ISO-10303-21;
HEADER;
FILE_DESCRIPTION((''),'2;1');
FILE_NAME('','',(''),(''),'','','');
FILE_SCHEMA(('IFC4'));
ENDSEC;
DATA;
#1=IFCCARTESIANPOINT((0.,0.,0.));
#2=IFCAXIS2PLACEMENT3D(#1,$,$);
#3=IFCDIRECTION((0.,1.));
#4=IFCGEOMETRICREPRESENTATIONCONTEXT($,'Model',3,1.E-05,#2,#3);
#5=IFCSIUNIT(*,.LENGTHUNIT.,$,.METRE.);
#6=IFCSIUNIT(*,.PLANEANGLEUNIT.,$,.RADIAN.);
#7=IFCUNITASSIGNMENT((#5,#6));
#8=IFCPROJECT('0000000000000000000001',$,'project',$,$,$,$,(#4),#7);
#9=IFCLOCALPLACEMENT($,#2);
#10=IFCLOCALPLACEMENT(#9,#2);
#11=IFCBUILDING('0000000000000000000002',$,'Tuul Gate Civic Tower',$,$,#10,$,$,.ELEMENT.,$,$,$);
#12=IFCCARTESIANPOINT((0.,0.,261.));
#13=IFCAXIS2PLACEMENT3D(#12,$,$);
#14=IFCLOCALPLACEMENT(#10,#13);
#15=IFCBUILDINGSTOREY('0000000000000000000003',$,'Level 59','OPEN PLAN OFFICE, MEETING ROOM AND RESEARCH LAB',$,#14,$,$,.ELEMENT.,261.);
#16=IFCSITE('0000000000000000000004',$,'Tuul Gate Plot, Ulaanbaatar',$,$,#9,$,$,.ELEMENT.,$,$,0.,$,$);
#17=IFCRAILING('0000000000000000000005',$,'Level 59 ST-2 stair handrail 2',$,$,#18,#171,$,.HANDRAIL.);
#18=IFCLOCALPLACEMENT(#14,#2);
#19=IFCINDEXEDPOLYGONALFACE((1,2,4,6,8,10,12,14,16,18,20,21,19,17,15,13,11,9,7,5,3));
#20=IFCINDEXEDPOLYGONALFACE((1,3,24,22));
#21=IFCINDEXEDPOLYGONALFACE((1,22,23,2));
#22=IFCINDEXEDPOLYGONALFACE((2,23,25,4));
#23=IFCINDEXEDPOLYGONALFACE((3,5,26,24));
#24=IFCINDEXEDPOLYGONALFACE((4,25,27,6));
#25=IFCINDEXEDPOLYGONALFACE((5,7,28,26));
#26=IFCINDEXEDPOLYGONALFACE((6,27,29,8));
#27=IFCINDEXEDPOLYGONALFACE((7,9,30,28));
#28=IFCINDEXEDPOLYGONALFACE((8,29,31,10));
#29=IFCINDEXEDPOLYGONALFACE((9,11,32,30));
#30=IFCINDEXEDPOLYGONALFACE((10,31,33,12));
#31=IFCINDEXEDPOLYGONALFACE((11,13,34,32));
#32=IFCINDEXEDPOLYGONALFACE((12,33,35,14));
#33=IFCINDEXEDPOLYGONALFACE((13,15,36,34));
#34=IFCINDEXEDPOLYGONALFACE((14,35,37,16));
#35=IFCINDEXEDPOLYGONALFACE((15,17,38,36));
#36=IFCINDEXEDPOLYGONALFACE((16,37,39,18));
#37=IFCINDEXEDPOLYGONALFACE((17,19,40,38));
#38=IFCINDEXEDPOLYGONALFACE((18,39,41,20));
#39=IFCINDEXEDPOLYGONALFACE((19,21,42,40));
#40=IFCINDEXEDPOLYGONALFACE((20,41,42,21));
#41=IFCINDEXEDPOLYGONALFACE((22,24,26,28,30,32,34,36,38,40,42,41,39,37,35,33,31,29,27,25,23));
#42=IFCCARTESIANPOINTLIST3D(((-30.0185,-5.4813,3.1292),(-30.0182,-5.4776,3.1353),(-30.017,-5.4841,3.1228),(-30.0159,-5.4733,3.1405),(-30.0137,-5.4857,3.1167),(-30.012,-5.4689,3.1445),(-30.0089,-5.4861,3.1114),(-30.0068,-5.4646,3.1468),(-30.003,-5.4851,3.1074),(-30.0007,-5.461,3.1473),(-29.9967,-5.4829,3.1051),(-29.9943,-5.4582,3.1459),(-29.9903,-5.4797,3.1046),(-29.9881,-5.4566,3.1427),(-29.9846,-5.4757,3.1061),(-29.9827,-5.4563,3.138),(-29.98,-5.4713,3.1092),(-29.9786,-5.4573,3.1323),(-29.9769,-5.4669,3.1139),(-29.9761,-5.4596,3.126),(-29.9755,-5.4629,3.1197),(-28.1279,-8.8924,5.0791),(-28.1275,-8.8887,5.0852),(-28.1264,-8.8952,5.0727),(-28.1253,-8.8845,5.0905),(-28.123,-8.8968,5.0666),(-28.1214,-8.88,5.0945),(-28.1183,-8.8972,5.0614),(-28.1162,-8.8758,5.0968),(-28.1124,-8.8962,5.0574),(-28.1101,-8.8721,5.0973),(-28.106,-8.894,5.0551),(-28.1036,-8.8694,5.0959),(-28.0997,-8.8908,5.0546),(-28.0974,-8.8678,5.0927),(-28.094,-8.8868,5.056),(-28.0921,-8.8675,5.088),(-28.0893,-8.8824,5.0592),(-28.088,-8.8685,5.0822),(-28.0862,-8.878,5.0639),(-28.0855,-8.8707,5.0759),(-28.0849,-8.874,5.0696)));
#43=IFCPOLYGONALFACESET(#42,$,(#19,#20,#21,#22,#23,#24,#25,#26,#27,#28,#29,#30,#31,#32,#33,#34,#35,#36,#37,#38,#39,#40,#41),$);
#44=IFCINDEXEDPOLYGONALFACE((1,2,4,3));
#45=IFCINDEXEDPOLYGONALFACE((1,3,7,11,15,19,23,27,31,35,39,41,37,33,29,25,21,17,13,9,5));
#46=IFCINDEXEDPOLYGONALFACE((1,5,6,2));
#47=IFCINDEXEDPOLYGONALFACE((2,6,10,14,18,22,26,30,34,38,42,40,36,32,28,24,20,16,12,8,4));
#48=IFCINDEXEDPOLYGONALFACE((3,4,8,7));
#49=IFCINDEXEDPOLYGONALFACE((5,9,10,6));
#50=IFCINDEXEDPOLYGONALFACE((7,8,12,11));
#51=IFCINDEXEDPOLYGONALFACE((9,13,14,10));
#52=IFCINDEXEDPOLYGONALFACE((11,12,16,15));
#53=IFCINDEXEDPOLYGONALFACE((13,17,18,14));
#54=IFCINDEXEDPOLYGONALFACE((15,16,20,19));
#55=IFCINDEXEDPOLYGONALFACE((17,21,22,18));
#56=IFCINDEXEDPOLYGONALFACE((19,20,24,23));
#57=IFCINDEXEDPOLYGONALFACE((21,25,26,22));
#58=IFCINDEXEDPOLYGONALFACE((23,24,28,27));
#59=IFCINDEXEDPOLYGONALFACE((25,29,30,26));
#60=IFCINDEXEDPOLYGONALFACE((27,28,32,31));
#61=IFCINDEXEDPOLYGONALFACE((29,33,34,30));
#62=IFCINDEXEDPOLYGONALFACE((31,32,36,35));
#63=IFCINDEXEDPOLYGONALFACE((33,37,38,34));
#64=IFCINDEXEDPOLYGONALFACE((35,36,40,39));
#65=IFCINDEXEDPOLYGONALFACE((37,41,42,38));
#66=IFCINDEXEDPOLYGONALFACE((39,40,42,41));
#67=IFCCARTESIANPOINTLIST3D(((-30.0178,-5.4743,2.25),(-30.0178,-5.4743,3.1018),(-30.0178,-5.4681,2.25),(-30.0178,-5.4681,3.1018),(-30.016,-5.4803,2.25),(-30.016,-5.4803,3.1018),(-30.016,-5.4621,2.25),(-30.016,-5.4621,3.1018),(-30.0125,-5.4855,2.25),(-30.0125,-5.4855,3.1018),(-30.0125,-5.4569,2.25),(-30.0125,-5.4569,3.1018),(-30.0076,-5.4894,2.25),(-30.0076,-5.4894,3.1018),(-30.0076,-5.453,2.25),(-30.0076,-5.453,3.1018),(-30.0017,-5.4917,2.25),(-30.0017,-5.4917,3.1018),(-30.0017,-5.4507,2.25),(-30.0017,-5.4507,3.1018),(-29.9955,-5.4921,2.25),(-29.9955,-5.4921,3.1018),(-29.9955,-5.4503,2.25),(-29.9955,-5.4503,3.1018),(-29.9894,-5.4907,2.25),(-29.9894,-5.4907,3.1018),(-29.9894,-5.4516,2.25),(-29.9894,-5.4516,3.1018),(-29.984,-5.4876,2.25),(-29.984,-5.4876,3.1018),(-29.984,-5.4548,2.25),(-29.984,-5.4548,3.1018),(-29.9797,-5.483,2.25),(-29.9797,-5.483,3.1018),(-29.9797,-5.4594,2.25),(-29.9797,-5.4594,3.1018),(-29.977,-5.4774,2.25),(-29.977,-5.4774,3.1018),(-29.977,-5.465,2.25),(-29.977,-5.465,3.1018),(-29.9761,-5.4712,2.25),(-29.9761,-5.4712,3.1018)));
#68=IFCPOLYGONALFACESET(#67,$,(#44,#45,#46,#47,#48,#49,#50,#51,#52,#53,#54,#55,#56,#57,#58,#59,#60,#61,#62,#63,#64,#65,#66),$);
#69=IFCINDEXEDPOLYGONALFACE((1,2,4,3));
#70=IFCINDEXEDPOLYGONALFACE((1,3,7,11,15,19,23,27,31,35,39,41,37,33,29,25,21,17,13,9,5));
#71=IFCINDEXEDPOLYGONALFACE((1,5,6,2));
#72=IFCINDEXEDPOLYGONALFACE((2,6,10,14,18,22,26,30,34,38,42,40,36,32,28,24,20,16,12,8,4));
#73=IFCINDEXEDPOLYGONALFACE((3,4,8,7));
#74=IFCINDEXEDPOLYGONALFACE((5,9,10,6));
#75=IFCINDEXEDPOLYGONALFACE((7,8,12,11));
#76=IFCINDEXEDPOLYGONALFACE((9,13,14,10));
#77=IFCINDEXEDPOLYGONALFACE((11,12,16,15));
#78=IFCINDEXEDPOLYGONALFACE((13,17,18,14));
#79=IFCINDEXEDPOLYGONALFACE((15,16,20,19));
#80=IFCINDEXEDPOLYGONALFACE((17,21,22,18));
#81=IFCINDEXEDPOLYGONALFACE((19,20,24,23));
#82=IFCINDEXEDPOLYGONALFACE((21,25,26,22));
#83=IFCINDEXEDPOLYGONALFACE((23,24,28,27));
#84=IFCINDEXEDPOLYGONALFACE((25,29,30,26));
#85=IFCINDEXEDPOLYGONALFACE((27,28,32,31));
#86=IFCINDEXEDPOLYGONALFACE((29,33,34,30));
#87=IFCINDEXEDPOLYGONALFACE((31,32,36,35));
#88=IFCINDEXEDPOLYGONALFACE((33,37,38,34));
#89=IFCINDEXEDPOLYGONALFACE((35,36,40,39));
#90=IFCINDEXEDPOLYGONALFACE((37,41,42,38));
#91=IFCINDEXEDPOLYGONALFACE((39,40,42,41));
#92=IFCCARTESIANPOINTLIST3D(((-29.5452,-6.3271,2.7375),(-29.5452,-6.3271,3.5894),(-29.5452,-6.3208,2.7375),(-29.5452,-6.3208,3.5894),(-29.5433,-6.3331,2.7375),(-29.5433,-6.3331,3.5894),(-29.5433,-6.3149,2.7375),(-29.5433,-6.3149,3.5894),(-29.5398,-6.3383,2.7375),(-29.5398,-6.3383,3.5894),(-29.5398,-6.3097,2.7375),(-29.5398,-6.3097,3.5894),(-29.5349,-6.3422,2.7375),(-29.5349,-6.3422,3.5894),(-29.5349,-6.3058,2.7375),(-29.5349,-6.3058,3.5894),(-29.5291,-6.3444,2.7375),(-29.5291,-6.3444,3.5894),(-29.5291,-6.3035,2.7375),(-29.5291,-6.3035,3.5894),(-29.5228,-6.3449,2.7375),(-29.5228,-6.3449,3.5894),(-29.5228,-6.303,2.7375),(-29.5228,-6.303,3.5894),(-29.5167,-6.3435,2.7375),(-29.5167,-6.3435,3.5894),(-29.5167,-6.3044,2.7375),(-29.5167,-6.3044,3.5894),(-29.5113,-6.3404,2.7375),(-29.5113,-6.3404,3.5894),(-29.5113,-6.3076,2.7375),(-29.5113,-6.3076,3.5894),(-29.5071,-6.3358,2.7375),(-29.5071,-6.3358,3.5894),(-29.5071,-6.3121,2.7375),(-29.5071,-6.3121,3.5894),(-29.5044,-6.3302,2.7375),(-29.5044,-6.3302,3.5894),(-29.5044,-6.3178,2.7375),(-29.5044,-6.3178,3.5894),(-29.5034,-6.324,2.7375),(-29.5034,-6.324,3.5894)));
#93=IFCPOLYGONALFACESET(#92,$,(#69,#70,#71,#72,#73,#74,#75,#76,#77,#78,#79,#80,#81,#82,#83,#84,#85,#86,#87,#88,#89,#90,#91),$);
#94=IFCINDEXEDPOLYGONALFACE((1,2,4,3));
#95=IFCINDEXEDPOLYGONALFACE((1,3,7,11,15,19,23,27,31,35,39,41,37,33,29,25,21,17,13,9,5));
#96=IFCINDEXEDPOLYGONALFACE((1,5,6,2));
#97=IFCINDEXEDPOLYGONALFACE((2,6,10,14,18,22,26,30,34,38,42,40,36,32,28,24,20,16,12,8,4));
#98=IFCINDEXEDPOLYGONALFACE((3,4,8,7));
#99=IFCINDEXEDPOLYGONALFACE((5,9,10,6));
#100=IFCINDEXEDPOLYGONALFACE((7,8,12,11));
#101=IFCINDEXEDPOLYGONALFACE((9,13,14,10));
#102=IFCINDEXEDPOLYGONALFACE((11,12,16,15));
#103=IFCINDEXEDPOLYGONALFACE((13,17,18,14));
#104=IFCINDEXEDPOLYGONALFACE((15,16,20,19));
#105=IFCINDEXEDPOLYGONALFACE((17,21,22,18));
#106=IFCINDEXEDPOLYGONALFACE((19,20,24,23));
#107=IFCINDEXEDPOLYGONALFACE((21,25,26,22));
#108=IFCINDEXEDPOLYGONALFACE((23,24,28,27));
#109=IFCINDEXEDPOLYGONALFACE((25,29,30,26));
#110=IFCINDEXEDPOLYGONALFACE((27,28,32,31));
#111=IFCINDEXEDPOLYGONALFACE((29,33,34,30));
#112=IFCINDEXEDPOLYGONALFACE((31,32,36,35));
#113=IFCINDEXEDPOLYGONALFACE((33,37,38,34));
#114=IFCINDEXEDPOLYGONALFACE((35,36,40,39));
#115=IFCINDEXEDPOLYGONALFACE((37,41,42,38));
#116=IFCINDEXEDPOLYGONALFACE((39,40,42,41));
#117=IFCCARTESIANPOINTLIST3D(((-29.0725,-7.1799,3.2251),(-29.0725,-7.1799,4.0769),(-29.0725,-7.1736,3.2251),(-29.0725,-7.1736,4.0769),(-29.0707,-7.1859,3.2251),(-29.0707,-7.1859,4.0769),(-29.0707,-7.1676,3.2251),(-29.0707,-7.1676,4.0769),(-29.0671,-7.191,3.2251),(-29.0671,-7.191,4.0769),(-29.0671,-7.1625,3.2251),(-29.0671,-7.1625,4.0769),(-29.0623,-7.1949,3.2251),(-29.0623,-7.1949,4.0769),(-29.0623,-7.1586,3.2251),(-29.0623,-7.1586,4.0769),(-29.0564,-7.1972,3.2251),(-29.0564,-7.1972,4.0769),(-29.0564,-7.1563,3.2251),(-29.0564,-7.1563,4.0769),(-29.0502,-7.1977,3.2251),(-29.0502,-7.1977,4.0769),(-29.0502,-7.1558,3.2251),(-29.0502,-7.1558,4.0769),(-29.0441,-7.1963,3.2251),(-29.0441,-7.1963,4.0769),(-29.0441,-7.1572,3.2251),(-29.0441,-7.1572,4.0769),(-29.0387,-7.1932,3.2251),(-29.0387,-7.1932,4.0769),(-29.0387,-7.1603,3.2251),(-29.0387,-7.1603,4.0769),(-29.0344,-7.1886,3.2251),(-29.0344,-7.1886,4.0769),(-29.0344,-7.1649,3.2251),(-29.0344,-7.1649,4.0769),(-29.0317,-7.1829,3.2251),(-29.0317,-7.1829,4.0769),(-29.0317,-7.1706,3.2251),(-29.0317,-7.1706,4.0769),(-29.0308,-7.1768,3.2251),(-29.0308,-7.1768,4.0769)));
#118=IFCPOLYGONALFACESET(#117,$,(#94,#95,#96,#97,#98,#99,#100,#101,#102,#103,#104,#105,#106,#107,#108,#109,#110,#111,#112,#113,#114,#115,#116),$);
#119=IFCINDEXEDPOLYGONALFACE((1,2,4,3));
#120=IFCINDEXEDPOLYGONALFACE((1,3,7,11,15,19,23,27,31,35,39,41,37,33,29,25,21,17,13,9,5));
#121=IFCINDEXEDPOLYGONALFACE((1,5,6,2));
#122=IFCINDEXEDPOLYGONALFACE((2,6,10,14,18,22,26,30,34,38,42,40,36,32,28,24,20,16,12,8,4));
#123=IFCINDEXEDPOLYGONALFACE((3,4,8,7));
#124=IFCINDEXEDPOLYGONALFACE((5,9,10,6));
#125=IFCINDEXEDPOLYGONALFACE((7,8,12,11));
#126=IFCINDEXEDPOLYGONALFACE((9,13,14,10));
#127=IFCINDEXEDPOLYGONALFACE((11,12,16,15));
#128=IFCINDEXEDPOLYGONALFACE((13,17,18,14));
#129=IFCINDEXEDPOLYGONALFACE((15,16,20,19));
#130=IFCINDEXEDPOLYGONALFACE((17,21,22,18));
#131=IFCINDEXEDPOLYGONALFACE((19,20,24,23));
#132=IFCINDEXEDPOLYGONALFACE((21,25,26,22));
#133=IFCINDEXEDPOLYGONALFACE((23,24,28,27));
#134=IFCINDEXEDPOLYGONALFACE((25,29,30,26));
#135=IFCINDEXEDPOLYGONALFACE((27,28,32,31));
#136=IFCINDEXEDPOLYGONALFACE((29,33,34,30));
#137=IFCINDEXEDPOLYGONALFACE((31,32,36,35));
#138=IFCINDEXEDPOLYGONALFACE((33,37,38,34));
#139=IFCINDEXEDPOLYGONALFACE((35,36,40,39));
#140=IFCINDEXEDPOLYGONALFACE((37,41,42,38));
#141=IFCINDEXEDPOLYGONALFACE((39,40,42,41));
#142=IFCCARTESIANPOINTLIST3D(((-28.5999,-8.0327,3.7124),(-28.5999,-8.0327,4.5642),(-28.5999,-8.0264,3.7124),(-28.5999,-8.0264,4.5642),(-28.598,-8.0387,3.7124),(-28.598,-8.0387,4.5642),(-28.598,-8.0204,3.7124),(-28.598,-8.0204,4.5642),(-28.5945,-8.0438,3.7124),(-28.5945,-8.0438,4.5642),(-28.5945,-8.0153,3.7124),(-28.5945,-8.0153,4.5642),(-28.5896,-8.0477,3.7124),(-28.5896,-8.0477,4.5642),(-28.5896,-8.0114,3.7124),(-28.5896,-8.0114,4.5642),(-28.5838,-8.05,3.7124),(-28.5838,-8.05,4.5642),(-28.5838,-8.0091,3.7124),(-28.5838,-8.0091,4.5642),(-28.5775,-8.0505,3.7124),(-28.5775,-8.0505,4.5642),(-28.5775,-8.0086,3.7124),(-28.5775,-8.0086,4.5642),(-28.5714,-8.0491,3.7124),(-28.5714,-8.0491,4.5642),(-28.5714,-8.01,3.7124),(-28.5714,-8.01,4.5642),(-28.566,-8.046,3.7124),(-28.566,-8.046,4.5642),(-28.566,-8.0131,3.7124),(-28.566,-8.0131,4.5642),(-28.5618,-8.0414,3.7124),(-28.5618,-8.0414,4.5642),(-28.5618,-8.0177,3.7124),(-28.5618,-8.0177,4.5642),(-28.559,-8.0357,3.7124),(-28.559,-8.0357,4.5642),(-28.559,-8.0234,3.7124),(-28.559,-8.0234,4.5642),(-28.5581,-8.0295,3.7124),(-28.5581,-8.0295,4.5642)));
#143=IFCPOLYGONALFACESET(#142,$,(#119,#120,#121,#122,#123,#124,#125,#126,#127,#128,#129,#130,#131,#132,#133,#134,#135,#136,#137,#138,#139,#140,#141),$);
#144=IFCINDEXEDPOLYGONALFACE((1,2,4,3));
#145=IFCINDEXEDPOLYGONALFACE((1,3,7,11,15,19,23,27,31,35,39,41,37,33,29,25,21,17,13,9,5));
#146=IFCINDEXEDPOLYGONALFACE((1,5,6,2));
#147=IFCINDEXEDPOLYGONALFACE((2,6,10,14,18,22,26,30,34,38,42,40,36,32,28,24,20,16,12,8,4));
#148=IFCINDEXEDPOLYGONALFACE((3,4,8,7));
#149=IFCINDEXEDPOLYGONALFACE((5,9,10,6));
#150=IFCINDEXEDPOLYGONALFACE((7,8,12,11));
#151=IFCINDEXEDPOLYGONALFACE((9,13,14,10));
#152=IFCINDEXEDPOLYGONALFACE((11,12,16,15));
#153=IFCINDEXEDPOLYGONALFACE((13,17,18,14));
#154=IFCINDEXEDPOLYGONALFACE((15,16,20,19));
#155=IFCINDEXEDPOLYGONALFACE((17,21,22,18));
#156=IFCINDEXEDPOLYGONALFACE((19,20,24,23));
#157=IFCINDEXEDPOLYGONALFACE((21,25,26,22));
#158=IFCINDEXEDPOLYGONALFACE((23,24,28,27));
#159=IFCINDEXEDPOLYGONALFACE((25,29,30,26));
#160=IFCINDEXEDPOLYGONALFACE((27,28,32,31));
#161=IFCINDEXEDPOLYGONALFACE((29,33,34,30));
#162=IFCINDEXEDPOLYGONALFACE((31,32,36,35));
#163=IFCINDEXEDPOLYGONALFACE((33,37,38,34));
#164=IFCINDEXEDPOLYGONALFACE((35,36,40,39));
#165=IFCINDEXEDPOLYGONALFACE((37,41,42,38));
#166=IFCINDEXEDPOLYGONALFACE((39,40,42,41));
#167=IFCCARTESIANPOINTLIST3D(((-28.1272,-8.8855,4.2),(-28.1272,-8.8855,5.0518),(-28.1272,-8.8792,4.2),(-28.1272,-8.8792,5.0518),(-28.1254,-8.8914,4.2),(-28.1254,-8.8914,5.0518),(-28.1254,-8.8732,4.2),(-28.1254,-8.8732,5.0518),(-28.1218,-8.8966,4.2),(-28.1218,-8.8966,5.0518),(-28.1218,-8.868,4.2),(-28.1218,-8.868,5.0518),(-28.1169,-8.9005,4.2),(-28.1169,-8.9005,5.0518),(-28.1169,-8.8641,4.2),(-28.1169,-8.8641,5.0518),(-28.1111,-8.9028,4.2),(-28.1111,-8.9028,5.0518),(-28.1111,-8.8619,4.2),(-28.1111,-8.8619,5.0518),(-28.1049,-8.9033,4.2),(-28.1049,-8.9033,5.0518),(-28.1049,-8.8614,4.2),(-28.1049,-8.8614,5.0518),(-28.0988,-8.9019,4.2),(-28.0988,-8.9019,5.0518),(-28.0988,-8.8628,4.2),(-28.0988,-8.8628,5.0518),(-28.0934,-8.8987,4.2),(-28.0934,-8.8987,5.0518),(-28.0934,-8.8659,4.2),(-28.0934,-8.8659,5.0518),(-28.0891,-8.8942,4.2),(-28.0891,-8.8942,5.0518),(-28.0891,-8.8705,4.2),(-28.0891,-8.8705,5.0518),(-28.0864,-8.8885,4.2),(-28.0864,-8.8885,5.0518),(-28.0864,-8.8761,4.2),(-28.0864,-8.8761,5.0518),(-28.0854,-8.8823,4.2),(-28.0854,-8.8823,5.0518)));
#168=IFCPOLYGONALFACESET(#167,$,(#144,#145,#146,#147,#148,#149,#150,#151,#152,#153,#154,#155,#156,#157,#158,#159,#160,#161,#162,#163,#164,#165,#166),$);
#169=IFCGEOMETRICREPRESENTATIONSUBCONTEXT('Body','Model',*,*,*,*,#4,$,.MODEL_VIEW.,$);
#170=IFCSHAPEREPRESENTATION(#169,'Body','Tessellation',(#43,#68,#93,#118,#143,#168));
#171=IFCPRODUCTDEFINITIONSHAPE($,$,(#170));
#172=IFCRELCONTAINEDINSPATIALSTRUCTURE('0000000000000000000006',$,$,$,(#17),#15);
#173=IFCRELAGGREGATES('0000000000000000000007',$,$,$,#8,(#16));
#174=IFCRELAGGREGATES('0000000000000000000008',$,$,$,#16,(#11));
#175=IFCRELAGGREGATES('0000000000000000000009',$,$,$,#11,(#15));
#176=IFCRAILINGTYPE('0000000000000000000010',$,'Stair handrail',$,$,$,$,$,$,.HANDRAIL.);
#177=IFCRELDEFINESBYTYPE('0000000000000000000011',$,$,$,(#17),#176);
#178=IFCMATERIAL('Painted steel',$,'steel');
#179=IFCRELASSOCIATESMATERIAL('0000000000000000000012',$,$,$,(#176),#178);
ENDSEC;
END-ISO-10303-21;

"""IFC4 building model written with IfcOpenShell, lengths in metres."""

from ifc_helpers import new_model, si_unit, direction, frame, origin, origin_2d, place, context, subcontext, project, spatial, circle, extrude, material, type_object, element, save


model = new_model("IFC4")

# Units and contexts
model_context = context("Model", 3, precision=1e-05, world=origin(), true_north=direction((0.0, 1.0)))
body_context = subcontext(model_context, "Body", "Model", "MODEL_VIEW")
ifc_project = project(units=[si_unit("LENGTHUNIT", "METRE"), si_unit("PLANEANGLEUNIT", "RADIAN")], contexts=[model_context])

# Site, building, storey
site_placement = place(None, origin())
site = spatial("IfcSite", under=ifc_project, at=site_placement, Name="Tuul Gate Plot, Ulaanbaatar", CompositionType="ELEMENT", RefElevation=0.0)
building_placement = place(site_placement, origin())
building = spatial("IfcBuilding", under=site, at=building_placement, Name="Tuul Gate Civic Tower", CompositionType="ELEMENT")
storey_placement = place(building_placement, frame((0.0, 0.0, 261.0)))
storey = spatial("IfcBuildingStorey", under=building, at=storey_placement, Name="Level 59", Description="OPEN PLAN OFFICE, MEETING ROOM AND RESEARCH LAB", CompositionType="ELEMENT", Elevation=261.0)

# Railing
ifc_material_1 = material(Name="Painted steel", Category="steel")
railing_type_1 = type_object("IfcRailingType", Name="Stair handrail", PredefinedType="HANDRAIL", material=ifc_material_1)
railing_1_placement = place(storey_placement, frame((-29.9971, -5.4712, 2.25)))
element("IfcRailing", 1, at=railing_1_placement, inside=storey, type_object=railing_type_1, Name="Level 59 ST-2 stair handrail 2", PredefinedType="HANDRAIL", context=body_context, shape_type="SweptSolid", body=[
    extrude(circle(Radius=0.0239, at=origin_2d()), frame((0.0, 0.0, 0.876), z_axis=(0.433595, -0.782308, 0.447201), x_axis=(0.874641, 0.484771, 0.0)), (0.0, 0.0, 1.0), 4.3604),
    extrude(circle(Radius=0.021, at=origin_2d()), origin(), (0.0, 0.0, 1.0), 0.8518),
    extrude(circle(Radius=0.021, at=origin_2d()), frame((0.4727, -0.8528, 0.4875)), (0.0, 0.0, 1.0), 0.8518),
    extrude(circle(Radius=0.021, at=origin_2d()), frame((0.9453, -1.7056, 0.9751)), (0.0, 0.0, 1.0), 0.8518),
    extrude(circle(Radius=0.021, at=origin_2d()), frame((1.418, -2.5583, 1.4624)), (0.0, 0.0, 1.0), 0.8518),
    extrude(circle(Radius=0.021, at=origin_2d()), frame((1.8906, -3.4111, 1.95)), (0.0, 0.0, 1.0), 0.8518),
])

save(model, "model.ifc")
